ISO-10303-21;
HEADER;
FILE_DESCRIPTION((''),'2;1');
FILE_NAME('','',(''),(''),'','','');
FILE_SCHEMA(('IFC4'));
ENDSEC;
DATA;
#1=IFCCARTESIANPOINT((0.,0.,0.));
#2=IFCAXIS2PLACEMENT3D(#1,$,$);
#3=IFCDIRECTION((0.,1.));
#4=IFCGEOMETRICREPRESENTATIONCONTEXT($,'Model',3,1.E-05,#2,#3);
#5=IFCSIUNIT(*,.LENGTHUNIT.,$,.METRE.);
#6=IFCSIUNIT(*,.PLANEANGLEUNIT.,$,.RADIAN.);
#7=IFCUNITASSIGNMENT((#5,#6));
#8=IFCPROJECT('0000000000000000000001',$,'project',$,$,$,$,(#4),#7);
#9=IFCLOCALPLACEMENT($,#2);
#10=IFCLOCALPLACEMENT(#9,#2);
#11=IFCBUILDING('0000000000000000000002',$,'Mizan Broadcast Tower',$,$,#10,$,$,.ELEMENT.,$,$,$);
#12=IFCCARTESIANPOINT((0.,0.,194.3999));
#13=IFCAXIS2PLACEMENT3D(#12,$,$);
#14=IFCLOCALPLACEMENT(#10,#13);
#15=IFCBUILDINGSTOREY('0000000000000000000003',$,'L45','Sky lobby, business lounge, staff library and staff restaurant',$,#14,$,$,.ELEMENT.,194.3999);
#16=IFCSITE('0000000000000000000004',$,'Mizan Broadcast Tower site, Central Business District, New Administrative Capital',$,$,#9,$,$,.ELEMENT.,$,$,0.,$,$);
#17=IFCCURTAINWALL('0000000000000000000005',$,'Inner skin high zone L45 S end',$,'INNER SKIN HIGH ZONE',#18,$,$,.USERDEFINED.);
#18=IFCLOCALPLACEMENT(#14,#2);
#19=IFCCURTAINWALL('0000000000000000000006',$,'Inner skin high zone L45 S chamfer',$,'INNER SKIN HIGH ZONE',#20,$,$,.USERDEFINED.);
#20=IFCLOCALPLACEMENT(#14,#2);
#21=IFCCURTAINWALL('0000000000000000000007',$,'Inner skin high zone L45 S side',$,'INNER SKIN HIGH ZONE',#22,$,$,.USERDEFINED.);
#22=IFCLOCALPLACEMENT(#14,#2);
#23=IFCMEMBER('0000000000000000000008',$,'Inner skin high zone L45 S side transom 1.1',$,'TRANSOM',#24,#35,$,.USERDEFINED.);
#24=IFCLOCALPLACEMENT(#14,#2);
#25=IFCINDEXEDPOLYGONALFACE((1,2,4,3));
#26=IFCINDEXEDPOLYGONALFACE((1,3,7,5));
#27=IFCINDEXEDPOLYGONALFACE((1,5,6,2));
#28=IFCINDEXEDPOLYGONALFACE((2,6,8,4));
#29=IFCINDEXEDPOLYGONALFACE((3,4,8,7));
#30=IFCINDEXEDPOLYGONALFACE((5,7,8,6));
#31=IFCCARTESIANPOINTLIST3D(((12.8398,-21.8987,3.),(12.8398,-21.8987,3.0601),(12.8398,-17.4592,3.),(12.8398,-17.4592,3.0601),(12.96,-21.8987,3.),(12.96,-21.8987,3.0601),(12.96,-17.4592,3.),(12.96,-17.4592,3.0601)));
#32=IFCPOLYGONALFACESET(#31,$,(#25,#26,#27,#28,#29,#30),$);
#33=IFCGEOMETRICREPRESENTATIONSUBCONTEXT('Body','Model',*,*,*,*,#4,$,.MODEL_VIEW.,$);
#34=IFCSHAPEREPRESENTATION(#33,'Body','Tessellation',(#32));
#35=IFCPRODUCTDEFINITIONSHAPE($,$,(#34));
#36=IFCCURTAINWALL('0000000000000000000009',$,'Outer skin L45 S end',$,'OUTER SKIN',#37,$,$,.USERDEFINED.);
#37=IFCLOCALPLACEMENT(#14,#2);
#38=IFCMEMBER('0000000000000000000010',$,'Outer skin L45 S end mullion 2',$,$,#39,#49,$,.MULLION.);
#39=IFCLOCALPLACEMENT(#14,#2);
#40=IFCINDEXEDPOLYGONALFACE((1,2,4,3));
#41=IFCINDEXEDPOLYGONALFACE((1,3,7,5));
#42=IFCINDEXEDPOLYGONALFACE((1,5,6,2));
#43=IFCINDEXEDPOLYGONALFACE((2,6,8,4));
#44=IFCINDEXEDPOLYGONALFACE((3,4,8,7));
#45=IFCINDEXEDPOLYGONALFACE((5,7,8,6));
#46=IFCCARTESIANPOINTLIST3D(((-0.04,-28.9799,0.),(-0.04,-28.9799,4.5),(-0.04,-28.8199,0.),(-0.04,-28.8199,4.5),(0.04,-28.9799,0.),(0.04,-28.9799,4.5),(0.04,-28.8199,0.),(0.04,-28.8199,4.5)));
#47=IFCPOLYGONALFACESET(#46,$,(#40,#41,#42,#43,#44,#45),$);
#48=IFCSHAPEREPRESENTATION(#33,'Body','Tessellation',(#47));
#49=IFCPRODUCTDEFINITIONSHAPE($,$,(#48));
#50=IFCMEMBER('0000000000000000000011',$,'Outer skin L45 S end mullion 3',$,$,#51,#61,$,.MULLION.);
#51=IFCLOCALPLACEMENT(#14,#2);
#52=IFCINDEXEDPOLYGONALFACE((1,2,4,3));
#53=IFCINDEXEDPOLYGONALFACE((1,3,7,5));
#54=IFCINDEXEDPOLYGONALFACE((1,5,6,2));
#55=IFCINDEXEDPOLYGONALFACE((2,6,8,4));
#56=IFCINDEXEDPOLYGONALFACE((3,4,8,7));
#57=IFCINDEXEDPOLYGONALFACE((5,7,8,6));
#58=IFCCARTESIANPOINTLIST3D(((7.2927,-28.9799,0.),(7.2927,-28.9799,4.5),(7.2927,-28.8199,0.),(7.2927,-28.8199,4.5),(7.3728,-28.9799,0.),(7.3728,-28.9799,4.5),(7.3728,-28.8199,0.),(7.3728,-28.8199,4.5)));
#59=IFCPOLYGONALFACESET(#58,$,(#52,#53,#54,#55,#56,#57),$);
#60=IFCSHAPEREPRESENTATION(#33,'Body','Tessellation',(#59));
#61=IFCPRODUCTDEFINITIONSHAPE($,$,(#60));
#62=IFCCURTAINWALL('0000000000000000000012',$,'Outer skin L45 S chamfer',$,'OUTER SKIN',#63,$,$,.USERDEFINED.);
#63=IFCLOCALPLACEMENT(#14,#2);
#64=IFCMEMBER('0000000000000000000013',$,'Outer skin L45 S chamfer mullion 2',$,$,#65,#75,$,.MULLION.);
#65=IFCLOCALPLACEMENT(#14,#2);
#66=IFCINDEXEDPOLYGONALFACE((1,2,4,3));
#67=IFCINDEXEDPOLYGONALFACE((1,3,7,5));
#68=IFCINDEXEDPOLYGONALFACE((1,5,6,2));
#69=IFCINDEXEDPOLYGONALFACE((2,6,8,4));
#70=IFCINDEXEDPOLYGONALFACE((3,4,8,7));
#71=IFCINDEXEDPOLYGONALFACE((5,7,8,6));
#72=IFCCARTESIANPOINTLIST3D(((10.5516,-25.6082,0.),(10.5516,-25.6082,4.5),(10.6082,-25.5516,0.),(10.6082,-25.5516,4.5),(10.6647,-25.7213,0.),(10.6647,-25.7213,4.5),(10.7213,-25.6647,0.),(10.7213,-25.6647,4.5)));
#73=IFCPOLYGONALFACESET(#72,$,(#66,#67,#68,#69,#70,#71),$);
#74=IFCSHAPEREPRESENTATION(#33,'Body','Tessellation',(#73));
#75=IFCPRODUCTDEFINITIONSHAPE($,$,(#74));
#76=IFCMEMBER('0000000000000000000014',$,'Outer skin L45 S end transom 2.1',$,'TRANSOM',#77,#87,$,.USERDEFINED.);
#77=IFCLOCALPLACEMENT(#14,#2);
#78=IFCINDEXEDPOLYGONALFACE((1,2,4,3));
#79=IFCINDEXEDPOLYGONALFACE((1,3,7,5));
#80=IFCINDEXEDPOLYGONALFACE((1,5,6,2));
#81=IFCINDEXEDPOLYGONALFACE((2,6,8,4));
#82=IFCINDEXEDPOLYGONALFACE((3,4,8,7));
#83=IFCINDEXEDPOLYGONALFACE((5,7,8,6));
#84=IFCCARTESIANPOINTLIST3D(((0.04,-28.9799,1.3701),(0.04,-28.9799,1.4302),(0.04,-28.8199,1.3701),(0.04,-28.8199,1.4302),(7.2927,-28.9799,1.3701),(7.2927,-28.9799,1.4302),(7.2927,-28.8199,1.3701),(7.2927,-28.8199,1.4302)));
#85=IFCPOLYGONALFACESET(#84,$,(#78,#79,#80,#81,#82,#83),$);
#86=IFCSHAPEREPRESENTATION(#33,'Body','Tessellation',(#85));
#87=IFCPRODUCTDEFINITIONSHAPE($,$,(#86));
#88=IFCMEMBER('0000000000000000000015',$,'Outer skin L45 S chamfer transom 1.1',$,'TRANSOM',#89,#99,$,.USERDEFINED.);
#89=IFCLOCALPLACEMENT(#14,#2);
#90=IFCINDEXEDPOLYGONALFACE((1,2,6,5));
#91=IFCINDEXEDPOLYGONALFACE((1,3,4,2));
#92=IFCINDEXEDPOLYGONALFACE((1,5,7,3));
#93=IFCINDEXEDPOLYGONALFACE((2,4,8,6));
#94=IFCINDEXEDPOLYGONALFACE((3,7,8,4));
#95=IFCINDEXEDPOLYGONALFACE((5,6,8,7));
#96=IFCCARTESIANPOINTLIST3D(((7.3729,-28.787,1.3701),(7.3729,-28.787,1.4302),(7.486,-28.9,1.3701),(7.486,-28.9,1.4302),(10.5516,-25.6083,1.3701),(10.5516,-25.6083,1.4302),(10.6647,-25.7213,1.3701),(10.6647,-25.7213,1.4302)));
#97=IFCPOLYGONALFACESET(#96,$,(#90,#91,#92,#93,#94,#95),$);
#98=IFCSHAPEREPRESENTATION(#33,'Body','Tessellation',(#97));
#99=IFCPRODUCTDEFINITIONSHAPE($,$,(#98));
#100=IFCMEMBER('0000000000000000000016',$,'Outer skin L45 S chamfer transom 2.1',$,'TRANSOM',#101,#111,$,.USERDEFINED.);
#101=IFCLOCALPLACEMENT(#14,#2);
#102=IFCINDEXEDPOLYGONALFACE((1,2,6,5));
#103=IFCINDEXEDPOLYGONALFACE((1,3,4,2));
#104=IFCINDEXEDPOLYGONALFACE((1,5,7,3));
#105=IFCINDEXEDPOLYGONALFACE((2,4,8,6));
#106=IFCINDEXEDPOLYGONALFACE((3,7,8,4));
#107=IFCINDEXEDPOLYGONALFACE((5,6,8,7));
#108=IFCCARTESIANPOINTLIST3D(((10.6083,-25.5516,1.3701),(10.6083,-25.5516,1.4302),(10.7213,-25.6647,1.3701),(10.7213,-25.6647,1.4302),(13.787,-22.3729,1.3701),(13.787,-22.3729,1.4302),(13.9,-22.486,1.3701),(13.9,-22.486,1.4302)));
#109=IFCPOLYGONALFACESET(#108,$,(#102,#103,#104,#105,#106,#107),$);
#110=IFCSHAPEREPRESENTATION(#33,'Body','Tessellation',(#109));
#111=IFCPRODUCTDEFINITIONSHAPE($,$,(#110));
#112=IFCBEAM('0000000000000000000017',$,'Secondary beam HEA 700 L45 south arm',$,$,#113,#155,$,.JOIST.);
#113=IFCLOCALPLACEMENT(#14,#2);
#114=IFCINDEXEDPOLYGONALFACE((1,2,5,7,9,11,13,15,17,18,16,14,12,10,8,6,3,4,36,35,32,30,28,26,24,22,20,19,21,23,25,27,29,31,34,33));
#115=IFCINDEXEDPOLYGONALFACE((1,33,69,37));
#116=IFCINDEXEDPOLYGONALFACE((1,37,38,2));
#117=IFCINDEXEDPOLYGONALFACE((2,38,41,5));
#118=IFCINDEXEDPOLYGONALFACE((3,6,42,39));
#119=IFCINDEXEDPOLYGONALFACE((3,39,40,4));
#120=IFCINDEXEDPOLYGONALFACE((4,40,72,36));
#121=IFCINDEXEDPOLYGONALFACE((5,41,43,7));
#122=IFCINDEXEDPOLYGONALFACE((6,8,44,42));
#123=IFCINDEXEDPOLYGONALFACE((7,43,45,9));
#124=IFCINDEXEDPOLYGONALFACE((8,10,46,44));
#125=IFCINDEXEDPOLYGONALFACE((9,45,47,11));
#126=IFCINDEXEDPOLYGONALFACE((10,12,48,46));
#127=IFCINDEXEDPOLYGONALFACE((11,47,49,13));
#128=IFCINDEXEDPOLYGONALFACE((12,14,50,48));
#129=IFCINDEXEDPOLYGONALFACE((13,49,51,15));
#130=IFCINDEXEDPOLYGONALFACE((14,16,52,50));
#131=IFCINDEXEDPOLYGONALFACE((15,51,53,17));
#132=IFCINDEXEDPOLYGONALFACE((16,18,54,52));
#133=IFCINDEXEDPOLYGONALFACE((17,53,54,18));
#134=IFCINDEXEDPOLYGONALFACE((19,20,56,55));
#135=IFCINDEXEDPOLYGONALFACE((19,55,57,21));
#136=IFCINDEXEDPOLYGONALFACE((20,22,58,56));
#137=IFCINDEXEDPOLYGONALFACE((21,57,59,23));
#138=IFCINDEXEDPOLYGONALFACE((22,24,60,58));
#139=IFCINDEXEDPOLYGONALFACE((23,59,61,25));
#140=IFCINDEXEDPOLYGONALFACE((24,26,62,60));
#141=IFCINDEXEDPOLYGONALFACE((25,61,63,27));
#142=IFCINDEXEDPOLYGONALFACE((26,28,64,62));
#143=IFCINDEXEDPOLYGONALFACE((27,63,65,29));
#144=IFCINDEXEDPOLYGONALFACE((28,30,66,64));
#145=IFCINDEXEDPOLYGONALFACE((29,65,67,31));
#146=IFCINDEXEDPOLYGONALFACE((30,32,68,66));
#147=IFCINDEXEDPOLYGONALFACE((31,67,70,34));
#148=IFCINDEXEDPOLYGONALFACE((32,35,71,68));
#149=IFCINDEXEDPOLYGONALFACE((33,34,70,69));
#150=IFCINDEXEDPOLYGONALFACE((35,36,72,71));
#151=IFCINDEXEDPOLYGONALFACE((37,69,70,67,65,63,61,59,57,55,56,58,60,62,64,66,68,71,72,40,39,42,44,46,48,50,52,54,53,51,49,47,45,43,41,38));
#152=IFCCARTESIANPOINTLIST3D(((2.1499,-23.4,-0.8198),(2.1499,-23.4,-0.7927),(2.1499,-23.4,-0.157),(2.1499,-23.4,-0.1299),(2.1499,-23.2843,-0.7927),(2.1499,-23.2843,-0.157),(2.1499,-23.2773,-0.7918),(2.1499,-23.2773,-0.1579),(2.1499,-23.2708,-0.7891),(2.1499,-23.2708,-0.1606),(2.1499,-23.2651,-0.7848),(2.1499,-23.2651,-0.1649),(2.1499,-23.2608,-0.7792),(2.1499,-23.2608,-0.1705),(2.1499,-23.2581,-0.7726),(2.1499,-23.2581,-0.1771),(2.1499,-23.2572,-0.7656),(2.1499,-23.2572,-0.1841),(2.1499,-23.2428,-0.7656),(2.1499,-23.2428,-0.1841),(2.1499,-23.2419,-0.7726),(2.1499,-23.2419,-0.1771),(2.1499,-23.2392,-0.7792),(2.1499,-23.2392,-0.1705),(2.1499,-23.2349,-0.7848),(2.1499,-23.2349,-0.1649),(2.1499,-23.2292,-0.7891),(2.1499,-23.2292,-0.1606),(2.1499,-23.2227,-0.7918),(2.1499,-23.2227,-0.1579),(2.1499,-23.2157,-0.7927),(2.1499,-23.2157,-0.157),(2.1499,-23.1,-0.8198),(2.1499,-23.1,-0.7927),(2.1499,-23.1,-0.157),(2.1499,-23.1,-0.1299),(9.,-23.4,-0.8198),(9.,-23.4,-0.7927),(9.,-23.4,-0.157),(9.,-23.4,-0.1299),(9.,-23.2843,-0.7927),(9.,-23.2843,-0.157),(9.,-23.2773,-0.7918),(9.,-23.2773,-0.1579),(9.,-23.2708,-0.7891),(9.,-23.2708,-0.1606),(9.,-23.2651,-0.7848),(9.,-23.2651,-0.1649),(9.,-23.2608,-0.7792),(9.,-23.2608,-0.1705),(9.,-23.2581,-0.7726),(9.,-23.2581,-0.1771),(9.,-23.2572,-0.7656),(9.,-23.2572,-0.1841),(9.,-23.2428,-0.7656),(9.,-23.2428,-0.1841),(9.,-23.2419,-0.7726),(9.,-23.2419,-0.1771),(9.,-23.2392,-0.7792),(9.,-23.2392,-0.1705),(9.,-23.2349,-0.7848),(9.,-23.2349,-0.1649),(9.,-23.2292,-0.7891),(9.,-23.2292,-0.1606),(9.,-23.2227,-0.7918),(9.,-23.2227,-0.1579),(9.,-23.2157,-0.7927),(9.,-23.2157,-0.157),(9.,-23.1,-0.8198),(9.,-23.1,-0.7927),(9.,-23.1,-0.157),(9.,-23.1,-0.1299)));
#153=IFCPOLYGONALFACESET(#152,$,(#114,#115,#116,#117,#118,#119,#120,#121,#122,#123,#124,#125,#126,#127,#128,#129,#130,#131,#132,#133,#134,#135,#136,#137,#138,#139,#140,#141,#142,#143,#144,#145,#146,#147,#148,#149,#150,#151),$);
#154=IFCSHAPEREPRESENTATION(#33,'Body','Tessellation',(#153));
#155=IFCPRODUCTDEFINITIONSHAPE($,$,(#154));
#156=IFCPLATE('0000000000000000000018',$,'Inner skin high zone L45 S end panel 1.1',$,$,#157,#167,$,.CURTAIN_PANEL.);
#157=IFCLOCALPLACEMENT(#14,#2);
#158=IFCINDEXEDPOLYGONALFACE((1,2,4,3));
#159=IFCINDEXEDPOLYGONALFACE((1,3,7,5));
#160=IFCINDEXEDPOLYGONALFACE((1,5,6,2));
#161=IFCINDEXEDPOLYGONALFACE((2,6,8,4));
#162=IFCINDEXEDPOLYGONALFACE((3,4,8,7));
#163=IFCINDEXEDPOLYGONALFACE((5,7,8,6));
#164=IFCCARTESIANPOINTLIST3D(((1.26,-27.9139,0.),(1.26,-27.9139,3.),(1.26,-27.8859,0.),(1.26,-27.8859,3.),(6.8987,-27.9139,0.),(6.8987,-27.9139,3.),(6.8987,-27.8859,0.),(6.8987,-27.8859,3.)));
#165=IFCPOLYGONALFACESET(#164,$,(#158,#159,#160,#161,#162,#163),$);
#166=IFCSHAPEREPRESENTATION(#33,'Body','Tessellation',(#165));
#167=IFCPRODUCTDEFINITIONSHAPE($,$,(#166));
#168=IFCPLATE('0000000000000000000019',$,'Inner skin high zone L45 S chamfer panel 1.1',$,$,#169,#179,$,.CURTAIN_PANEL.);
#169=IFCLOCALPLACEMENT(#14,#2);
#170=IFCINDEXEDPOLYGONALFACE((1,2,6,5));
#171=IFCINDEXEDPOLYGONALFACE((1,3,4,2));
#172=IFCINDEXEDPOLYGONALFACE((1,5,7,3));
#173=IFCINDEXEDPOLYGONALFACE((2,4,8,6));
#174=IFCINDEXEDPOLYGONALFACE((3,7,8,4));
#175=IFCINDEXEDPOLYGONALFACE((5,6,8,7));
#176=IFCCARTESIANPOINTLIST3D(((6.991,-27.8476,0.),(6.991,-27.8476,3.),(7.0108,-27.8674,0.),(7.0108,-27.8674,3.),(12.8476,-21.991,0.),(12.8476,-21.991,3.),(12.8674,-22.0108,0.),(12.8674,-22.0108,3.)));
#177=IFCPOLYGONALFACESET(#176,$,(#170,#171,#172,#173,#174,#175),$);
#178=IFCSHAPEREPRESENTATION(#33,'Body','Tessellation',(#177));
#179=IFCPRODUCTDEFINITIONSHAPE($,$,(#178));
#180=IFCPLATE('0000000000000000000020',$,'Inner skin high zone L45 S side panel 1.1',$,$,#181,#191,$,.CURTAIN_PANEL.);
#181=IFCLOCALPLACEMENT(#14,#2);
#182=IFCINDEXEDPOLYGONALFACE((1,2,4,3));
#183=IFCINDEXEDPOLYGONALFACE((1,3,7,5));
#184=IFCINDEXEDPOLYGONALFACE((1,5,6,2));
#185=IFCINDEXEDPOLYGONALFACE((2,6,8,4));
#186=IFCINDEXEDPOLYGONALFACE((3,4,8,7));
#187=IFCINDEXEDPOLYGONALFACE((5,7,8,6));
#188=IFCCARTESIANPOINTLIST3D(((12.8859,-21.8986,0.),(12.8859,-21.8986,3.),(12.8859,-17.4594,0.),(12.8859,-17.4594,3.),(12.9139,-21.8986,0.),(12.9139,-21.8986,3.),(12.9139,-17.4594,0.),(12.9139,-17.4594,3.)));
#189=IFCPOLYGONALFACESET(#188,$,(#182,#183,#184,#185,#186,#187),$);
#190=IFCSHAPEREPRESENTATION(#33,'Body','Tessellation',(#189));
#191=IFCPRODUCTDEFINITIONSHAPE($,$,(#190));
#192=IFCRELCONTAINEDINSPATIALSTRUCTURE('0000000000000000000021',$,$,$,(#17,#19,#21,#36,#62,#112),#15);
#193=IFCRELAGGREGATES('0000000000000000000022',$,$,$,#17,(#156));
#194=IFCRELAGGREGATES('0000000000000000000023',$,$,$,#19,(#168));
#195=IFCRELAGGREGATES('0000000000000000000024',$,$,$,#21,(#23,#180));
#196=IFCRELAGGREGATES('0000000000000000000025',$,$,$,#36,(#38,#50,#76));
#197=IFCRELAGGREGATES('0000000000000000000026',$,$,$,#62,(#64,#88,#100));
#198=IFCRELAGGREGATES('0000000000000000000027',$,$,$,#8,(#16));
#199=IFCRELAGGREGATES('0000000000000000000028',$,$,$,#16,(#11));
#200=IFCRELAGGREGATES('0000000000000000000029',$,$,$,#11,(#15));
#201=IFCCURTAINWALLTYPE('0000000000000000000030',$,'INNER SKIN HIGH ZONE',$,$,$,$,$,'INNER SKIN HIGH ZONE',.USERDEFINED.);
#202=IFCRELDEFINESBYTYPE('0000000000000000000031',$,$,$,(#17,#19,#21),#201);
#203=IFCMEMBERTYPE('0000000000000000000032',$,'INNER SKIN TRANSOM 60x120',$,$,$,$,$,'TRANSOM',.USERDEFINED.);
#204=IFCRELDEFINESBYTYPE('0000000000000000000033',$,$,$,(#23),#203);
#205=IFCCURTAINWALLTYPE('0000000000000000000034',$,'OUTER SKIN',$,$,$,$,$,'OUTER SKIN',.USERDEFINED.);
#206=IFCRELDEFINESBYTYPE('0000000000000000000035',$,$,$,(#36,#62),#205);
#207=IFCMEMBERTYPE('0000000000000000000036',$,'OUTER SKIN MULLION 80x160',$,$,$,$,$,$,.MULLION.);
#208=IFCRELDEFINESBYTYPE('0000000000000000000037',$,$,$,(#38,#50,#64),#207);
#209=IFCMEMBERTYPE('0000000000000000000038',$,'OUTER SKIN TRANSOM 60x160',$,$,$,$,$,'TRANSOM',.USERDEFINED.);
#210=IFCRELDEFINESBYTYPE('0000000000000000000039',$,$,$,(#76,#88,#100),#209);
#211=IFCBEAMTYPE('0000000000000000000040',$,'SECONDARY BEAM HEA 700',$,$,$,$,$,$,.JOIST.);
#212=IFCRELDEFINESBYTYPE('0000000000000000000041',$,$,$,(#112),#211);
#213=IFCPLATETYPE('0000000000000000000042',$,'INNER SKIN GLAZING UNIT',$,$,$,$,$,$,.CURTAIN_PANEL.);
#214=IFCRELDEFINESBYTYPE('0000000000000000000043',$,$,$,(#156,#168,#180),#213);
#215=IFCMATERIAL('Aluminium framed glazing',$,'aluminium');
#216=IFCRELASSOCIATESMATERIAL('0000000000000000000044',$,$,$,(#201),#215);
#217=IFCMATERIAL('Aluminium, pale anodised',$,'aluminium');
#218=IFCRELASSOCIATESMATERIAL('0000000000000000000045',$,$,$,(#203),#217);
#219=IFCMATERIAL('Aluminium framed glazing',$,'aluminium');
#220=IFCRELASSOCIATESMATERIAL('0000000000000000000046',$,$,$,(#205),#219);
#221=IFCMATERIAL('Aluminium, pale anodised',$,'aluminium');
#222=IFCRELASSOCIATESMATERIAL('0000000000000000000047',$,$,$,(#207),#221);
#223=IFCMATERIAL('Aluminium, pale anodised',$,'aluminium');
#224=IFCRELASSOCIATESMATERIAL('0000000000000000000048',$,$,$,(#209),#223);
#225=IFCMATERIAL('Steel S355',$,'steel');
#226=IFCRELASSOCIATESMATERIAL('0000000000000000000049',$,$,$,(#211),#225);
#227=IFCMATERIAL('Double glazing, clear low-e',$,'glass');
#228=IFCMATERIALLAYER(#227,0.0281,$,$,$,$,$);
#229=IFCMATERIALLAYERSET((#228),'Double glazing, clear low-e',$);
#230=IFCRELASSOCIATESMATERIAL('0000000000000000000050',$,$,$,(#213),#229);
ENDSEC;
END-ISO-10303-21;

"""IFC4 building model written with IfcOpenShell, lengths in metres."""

from ifc_helpers import new_model, si_unit, direction, frame, origin, origin_2d, place, context, subcontext, project, spatial, rectangle, i_section, extrude, material, layer, layer_set, material_profile, profile_set, type_object, element, aggregate, save


model = new_model("IFC4")

# Units and contexts
model_context = context("Model", 3, precision=1e-05, world=origin(), true_north=direction((0.0, 1.0)))
body_context = subcontext(model_context, "Body", "Model", "MODEL_VIEW")
ifc_project = project(units=[si_unit("LENGTHUNIT", "METRE"), si_unit("PLANEANGLEUNIT", "RADIAN")], contexts=[model_context])

# Site, building, storey
site_placement = place(None, origin())
site = spatial("IfcSite", under=ifc_project, at=site_placement, Name="Mizan Broadcast Tower site, Central Business District, New Administrative Capital", CompositionType="ELEMENT", RefElevation=0.0)
building_placement = place(site_placement, origin())
building = spatial("IfcBuilding", under=site, at=building_placement, Name="Mizan Broadcast Tower", CompositionType="ELEMENT")
storey_placement = place(building_placement, frame((0.0, 0.0, 194.3999)))
storey = spatial("IfcBuildingStorey", under=building, at=storey_placement, Name="L45", Description="Sky lobby, business lounge, staff library and staff restaurant", CompositionType="ELEMENT", Elevation=194.3999)

# Curtain wall
ifc_material_1 = material(Name="Aluminium framed glazing", Category="aluminium")
curtain_wall_type_1 = type_object("IfcCurtainWallType", Name="INNER SKIN HIGH ZONE", ElementType="INNER SKIN HIGH ZONE", PredefinedType="USERDEFINED", material=ifc_material_1)
curtain_wall_1_placement = place(storey_placement, origin())
curtain_wall_1 = element("IfcCurtainWall", 1, at=curtain_wall_1_placement, inside=storey, type_object=curtain_wall_type_1, Name="Inner skin high zone L45 S end", ObjectType="INNER SKIN HIGH ZONE", PredefinedType="USERDEFINED")

# Curtain walls
curtain_wall_2_placement = place(storey_placement, origin())
curtain_wall_2 = element("IfcCurtainWall", 2, at=curtain_wall_2_placement, inside=storey, type_object=curtain_wall_type_1, Name="Inner skin high zone L45 S chamfer", ObjectType="INNER SKIN HIGH ZONE", PredefinedType="USERDEFINED")
curtain_wall_3_placement = place(storey_placement, origin())
curtain_wall_3 = element("IfcCurtainWall", 3, at=curtain_wall_3_placement, inside=storey, type_object=curtain_wall_type_1, Name="Inner skin high zone L45 S side", ObjectType="INNER SKIN HIGH ZONE", PredefinedType="USERDEFINED")

# Member
ifc_material_2 = material(Name="Aluminium, pale anodised", Category="aluminium")
ifc_material_profile_1 = material_profile(ifc_material_2, rectangle(XDim=0.1201, YDim=0.0601, at=origin_2d()), Name="TRANSOM 120x60")
ifc_profile_set_1 = profile_set([ifc_material_profile_1], Name="Aluminium, pale anodised")
member_type_1 = type_object("IfcMemberType", Name="INNER SKIN TRANSOM 60x120", ElementType="TRANSOM", PredefinedType="USERDEFINED", material=ifc_profile_set_1)
member_1_placement = place(storey_placement, frame((12.8999, -21.8987, 3.03), z_axis=(0.0, 1.0, 0.0), x_axis=(-1.0, 0.0, 0.0)))
member_1 = element("IfcMember", 4, at=member_1_placement, type_object=member_type_1, Name="Inner skin high zone L45 S side transom 1.1", ObjectType="TRANSOM", PredefinedType="USERDEFINED", context=body_context, shape_type="SweptSolid", body=[
    extrude(rectangle(XDim=0.1201, YDim=0.0601, at=origin_2d()), origin(), (0.0, 0.0, 1.0), 4.4395),
])

# Curtain wall, members
ifc_material_3 = material(Name="Aluminium framed glazing", Category="aluminium")
curtain_wall_type_2 = type_object("IfcCurtainWallType", Name="OUTER SKIN", ElementType="OUTER SKIN", PredefinedType="USERDEFINED", material=ifc_material_3)
curtain_wall_4_placement = place(storey_placement, origin())
curtain_wall_4 = element("IfcCurtainWall", 5, at=curtain_wall_4_placement, inside=storey, type_object=curtain_wall_type_2, Name="Outer skin L45 S end", ObjectType="OUTER SKIN", PredefinedType="USERDEFINED")
ifc_material_4 = material(Name="Aluminium, pale anodised", Category="aluminium")
ifc_material_profile_2 = material_profile(ifc_material_4, rectangle(XDim=0.1599, YDim=0.0801, at=origin_2d()), Name="MULLION 160x80")
ifc_profile_set_2 = profile_set([ifc_material_profile_2], Name="Aluminium, pale anodised")
member_type_2 = type_object("IfcMemberType", Name="OUTER SKIN MULLION 80x160", PredefinedType="MULLION", material=ifc_profile_set_2)
member_2_placement = place(storey_placement, frame((0.0, -28.8999, 0.0), z_axis=(0.0, 0.0, 1.0), x_axis=(0.0, 1.0, 0.0)))
member_2 = element("IfcMember", 6, at=member_2_placement, type_object=member_type_2, Name="Outer skin L45 S end mullion 2", PredefinedType="MULLION", context=body_context, shape_type="SweptSolid", body=[
    extrude(rectangle(XDim=0.1599, YDim=0.0801, at=origin_2d()), origin(), (0.0, 0.0, 1.0), 4.5),
])
member_3_placement = place(storey_placement, frame((7.3328, -28.8999, 0.0), z_axis=(0.0, 0.0, 1.0), x_axis=(0.0, 1.0, 0.0)))
member_3 = element("IfcMember", 7, at=member_3_placement, type_object=member_type_2, Name="Outer skin L45 S end mullion 3", PredefinedType="MULLION", context=body_context, shape_type="SweptSolid", body=[
    extrude(rectangle(XDim=0.1599, YDim=0.0801, at=origin_2d()), origin(), (0.0, 0.0, 1.0), 4.5),
])

# Curtain wall, member
curtain_wall_5_placement = place(storey_placement, origin())
curtain_wall_5 = element("IfcCurtainWall", 8, at=curtain_wall_5_placement, inside=storey, type_object=curtain_wall_type_2, Name="Outer skin L45 S chamfer", ObjectType="OUTER SKIN", PredefinedType="USERDEFINED")
member_4_placement = place(storey_placement, frame((10.6365, -25.6365, 0.0), z_axis=(0.0, 0.0, 1.0), x_axis=(-0.707107, 0.707107, 0.0)))
member_4 = element("IfcMember", 9, at=member_4_placement, type_object=member_type_2, Name="Outer skin L45 S chamfer mullion 2", PredefinedType="MULLION", context=body_context, shape_type="SweptSolid", body=[
    extrude(rectangle(XDim=0.1599, YDim=0.0801, at=origin_2d()), origin(), (0.0, 0.0, 1.0), 4.5),
])

# Members
ifc_material_5 = material(Name="Aluminium, pale anodised", Category="aluminium")
ifc_material_profile_3 = material_profile(ifc_material_5, rectangle(XDim=0.1599, YDim=0.0601, at=origin_2d()), Name="TRANSOM 160x60")
ifc_profile_set_3 = profile_set([ifc_material_profile_3], Name="Aluminium, pale anodised")
member_type_3 = type_object("IfcMemberType", Name="OUTER SKIN TRANSOM 60x160", ElementType="TRANSOM", PredefinedType="USERDEFINED", material=ifc_profile_set_3)
member_5_placement = place(storey_placement, frame((0.04, -28.8999, 1.4001), z_axis=(1.0, 0.0, 0.0), x_axis=(0.0, 1.0, 0.0)))
member_5 = element("IfcMember", 10, at=member_5_placement, type_object=member_type_3, Name="Outer skin L45 S end transom 2.1", ObjectType="TRANSOM", PredefinedType="USERDEFINED", context=body_context, shape_type="SweptSolid", body=[
    extrude(rectangle(XDim=0.1599, YDim=0.0601, at=origin_2d()), origin(), (0.0, 0.0, 1.0), 7.2527),
])
member_6_placement = place(storey_placement, frame((7.4294, -28.8435, 1.4001), z_axis=(0.707107, 0.707107, 0.0), x_axis=(-0.707107, 0.707107, 0.0)))
member_6 = element("IfcMember", 11, at=member_6_placement, type_object=member_type_3, Name="Outer skin L45 S chamfer transom 1.1", ObjectType="TRANSOM", PredefinedType="USERDEFINED", context=body_context, shape_type="SweptSolid", body=[
    extrude(rectangle(XDim=0.1599, YDim=0.0601, at=origin_2d()), origin(), (0.0, 0.0, 1.0), 4.4954),
])
member_7_placement = place(storey_placement, frame((10.6648, -25.6082, 1.4001), z_axis=(0.707107, 0.707107, 0.0), x_axis=(-0.707107, 0.707107, 0.0)))
member_7 = element("IfcMember", 12, at=member_7_placement, type_object=member_type_3, Name="Outer skin L45 S chamfer transom 2.1", ObjectType="TRANSOM", PredefinedType="USERDEFINED", context=body_context, shape_type="SweptSolid", body=[
    extrude(rectangle(XDim=0.1599, YDim=0.0601, at=origin_2d()), origin(), (0.0, 0.0, 1.0), 4.4954),
])

# Beam
ifc_material_6 = material(Name="Steel S355", Category="steel")
ifc_material_profile_4 = material_profile(ifc_material_6, i_section(OverallWidth=0.3, OverallDepth=0.6899, WebThickness=0.0144, FlangeThickness=0.0271, FilletRadius=0.0271, at=origin_2d()), Name="HEA 700")
ifc_profile_set_4 = profile_set([ifc_material_profile_4], Name="Steel S355")
beam_type_1 = type_object("IfcBeamType", Name="SECONDARY BEAM HEA 700", PredefinedType="JOIST", material=ifc_profile_set_4)
beam_1_placement = place(storey_placement, frame((9.0, -23.25, -0.4749), z_axis=(-1.0, 0.0, 0.0), x_axis=(0.0, -1.0, 0.0)))
element("IfcBeam", 13, at=beam_1_placement, inside=storey, type_object=beam_type_1, Name="Secondary beam HEA 700 L45 south arm", PredefinedType="JOIST", context=body_context, shape_type="SweptSolid", body=[
    extrude(i_section(OverallWidth=0.3, OverallDepth=0.6899, WebThickness=0.0144, FlangeThickness=0.0271, FilletRadius=0.0271, at=origin_2d()), origin(), (0.0, 0.0, 1.0), 6.8501),
])

# Plates
ifc_material_7 = material(Name="Double glazing, clear low-e", Category="glass")
ifc_layer_1 = layer(ifc_material_7, 0.0281)
ifc_layer_set_1 = layer_set([ifc_layer_1], Name="Double glazing, clear low-e")
plate_type_1 = type_object("IfcPlateType", Name="INNER SKIN GLAZING UNIT", PredefinedType="CURTAIN_PANEL", material=ifc_layer_set_1)
plate_1_placement = place(storey_placement, frame((4.0793, -27.8999, 0.0), z_axis=(0.0, 0.0, 1.0), x_axis=(1.0, 0.0, 0.0)))
plate_1 = element("IfcPlate", 14, at=plate_1_placement, type_object=plate_type_1, Name="Inner skin high zone L45 S end panel 1.1", PredefinedType="CURTAIN_PANEL", context=body_context, shape_type="SweptSolid", body=[
    extrude(rectangle(XDim=5.6387, YDim=0.0281, at=origin_2d()), origin(), (0.0, 0.0, 1.0), 3.0),
])
plate_2_placement = place(storey_placement, frame((9.9292, -24.9292, 0.0), z_axis=(0.0, 0.0, 1.0), x_axis=(0.707107, 0.707107, 0.0)))
plate_2 = element("IfcPlate", 15, at=plate_2_placement, type_object=plate_type_1, Name="Inner skin high zone L45 S chamfer panel 1.1", PredefinedType="CURTAIN_PANEL", context=body_context, shape_type="SweptSolid", body=[
    extrude(rectangle(XDim=8.2825, YDim=0.0281, at=origin_2d()), origin(), (0.0, 0.0, 1.0), 3.0),
])
plate_3_placement = place(storey_placement, frame((12.8999, -19.679, 0.0), z_axis=(0.0, 0.0, 1.0), x_axis=(0.0, 1.0, 0.0)))
plate_3 = element("IfcPlate", 16, at=plate_3_placement, type_object=plate_type_1, Name="Inner skin high zone L45 S side panel 1.1", PredefinedType="CURTAIN_PANEL", context=body_context, shape_type="SweptSolid", body=[
    extrude(rectangle(XDim=4.4392, YDim=0.0281, at=origin_2d()), origin(), (0.0, 0.0, 1.0), 3.0),
])
aggregate(curtain_wall_1, [plate_1])
aggregate(curtain_wall_2, [plate_2])
aggregate(curtain_wall_3, [member_1, plate_3])
aggregate(curtain_wall_4, [member_2, member_3, member_5])
aggregate(curtain_wall_5, [member_4, member_6, member_7])

save(model, "model.ifc")
